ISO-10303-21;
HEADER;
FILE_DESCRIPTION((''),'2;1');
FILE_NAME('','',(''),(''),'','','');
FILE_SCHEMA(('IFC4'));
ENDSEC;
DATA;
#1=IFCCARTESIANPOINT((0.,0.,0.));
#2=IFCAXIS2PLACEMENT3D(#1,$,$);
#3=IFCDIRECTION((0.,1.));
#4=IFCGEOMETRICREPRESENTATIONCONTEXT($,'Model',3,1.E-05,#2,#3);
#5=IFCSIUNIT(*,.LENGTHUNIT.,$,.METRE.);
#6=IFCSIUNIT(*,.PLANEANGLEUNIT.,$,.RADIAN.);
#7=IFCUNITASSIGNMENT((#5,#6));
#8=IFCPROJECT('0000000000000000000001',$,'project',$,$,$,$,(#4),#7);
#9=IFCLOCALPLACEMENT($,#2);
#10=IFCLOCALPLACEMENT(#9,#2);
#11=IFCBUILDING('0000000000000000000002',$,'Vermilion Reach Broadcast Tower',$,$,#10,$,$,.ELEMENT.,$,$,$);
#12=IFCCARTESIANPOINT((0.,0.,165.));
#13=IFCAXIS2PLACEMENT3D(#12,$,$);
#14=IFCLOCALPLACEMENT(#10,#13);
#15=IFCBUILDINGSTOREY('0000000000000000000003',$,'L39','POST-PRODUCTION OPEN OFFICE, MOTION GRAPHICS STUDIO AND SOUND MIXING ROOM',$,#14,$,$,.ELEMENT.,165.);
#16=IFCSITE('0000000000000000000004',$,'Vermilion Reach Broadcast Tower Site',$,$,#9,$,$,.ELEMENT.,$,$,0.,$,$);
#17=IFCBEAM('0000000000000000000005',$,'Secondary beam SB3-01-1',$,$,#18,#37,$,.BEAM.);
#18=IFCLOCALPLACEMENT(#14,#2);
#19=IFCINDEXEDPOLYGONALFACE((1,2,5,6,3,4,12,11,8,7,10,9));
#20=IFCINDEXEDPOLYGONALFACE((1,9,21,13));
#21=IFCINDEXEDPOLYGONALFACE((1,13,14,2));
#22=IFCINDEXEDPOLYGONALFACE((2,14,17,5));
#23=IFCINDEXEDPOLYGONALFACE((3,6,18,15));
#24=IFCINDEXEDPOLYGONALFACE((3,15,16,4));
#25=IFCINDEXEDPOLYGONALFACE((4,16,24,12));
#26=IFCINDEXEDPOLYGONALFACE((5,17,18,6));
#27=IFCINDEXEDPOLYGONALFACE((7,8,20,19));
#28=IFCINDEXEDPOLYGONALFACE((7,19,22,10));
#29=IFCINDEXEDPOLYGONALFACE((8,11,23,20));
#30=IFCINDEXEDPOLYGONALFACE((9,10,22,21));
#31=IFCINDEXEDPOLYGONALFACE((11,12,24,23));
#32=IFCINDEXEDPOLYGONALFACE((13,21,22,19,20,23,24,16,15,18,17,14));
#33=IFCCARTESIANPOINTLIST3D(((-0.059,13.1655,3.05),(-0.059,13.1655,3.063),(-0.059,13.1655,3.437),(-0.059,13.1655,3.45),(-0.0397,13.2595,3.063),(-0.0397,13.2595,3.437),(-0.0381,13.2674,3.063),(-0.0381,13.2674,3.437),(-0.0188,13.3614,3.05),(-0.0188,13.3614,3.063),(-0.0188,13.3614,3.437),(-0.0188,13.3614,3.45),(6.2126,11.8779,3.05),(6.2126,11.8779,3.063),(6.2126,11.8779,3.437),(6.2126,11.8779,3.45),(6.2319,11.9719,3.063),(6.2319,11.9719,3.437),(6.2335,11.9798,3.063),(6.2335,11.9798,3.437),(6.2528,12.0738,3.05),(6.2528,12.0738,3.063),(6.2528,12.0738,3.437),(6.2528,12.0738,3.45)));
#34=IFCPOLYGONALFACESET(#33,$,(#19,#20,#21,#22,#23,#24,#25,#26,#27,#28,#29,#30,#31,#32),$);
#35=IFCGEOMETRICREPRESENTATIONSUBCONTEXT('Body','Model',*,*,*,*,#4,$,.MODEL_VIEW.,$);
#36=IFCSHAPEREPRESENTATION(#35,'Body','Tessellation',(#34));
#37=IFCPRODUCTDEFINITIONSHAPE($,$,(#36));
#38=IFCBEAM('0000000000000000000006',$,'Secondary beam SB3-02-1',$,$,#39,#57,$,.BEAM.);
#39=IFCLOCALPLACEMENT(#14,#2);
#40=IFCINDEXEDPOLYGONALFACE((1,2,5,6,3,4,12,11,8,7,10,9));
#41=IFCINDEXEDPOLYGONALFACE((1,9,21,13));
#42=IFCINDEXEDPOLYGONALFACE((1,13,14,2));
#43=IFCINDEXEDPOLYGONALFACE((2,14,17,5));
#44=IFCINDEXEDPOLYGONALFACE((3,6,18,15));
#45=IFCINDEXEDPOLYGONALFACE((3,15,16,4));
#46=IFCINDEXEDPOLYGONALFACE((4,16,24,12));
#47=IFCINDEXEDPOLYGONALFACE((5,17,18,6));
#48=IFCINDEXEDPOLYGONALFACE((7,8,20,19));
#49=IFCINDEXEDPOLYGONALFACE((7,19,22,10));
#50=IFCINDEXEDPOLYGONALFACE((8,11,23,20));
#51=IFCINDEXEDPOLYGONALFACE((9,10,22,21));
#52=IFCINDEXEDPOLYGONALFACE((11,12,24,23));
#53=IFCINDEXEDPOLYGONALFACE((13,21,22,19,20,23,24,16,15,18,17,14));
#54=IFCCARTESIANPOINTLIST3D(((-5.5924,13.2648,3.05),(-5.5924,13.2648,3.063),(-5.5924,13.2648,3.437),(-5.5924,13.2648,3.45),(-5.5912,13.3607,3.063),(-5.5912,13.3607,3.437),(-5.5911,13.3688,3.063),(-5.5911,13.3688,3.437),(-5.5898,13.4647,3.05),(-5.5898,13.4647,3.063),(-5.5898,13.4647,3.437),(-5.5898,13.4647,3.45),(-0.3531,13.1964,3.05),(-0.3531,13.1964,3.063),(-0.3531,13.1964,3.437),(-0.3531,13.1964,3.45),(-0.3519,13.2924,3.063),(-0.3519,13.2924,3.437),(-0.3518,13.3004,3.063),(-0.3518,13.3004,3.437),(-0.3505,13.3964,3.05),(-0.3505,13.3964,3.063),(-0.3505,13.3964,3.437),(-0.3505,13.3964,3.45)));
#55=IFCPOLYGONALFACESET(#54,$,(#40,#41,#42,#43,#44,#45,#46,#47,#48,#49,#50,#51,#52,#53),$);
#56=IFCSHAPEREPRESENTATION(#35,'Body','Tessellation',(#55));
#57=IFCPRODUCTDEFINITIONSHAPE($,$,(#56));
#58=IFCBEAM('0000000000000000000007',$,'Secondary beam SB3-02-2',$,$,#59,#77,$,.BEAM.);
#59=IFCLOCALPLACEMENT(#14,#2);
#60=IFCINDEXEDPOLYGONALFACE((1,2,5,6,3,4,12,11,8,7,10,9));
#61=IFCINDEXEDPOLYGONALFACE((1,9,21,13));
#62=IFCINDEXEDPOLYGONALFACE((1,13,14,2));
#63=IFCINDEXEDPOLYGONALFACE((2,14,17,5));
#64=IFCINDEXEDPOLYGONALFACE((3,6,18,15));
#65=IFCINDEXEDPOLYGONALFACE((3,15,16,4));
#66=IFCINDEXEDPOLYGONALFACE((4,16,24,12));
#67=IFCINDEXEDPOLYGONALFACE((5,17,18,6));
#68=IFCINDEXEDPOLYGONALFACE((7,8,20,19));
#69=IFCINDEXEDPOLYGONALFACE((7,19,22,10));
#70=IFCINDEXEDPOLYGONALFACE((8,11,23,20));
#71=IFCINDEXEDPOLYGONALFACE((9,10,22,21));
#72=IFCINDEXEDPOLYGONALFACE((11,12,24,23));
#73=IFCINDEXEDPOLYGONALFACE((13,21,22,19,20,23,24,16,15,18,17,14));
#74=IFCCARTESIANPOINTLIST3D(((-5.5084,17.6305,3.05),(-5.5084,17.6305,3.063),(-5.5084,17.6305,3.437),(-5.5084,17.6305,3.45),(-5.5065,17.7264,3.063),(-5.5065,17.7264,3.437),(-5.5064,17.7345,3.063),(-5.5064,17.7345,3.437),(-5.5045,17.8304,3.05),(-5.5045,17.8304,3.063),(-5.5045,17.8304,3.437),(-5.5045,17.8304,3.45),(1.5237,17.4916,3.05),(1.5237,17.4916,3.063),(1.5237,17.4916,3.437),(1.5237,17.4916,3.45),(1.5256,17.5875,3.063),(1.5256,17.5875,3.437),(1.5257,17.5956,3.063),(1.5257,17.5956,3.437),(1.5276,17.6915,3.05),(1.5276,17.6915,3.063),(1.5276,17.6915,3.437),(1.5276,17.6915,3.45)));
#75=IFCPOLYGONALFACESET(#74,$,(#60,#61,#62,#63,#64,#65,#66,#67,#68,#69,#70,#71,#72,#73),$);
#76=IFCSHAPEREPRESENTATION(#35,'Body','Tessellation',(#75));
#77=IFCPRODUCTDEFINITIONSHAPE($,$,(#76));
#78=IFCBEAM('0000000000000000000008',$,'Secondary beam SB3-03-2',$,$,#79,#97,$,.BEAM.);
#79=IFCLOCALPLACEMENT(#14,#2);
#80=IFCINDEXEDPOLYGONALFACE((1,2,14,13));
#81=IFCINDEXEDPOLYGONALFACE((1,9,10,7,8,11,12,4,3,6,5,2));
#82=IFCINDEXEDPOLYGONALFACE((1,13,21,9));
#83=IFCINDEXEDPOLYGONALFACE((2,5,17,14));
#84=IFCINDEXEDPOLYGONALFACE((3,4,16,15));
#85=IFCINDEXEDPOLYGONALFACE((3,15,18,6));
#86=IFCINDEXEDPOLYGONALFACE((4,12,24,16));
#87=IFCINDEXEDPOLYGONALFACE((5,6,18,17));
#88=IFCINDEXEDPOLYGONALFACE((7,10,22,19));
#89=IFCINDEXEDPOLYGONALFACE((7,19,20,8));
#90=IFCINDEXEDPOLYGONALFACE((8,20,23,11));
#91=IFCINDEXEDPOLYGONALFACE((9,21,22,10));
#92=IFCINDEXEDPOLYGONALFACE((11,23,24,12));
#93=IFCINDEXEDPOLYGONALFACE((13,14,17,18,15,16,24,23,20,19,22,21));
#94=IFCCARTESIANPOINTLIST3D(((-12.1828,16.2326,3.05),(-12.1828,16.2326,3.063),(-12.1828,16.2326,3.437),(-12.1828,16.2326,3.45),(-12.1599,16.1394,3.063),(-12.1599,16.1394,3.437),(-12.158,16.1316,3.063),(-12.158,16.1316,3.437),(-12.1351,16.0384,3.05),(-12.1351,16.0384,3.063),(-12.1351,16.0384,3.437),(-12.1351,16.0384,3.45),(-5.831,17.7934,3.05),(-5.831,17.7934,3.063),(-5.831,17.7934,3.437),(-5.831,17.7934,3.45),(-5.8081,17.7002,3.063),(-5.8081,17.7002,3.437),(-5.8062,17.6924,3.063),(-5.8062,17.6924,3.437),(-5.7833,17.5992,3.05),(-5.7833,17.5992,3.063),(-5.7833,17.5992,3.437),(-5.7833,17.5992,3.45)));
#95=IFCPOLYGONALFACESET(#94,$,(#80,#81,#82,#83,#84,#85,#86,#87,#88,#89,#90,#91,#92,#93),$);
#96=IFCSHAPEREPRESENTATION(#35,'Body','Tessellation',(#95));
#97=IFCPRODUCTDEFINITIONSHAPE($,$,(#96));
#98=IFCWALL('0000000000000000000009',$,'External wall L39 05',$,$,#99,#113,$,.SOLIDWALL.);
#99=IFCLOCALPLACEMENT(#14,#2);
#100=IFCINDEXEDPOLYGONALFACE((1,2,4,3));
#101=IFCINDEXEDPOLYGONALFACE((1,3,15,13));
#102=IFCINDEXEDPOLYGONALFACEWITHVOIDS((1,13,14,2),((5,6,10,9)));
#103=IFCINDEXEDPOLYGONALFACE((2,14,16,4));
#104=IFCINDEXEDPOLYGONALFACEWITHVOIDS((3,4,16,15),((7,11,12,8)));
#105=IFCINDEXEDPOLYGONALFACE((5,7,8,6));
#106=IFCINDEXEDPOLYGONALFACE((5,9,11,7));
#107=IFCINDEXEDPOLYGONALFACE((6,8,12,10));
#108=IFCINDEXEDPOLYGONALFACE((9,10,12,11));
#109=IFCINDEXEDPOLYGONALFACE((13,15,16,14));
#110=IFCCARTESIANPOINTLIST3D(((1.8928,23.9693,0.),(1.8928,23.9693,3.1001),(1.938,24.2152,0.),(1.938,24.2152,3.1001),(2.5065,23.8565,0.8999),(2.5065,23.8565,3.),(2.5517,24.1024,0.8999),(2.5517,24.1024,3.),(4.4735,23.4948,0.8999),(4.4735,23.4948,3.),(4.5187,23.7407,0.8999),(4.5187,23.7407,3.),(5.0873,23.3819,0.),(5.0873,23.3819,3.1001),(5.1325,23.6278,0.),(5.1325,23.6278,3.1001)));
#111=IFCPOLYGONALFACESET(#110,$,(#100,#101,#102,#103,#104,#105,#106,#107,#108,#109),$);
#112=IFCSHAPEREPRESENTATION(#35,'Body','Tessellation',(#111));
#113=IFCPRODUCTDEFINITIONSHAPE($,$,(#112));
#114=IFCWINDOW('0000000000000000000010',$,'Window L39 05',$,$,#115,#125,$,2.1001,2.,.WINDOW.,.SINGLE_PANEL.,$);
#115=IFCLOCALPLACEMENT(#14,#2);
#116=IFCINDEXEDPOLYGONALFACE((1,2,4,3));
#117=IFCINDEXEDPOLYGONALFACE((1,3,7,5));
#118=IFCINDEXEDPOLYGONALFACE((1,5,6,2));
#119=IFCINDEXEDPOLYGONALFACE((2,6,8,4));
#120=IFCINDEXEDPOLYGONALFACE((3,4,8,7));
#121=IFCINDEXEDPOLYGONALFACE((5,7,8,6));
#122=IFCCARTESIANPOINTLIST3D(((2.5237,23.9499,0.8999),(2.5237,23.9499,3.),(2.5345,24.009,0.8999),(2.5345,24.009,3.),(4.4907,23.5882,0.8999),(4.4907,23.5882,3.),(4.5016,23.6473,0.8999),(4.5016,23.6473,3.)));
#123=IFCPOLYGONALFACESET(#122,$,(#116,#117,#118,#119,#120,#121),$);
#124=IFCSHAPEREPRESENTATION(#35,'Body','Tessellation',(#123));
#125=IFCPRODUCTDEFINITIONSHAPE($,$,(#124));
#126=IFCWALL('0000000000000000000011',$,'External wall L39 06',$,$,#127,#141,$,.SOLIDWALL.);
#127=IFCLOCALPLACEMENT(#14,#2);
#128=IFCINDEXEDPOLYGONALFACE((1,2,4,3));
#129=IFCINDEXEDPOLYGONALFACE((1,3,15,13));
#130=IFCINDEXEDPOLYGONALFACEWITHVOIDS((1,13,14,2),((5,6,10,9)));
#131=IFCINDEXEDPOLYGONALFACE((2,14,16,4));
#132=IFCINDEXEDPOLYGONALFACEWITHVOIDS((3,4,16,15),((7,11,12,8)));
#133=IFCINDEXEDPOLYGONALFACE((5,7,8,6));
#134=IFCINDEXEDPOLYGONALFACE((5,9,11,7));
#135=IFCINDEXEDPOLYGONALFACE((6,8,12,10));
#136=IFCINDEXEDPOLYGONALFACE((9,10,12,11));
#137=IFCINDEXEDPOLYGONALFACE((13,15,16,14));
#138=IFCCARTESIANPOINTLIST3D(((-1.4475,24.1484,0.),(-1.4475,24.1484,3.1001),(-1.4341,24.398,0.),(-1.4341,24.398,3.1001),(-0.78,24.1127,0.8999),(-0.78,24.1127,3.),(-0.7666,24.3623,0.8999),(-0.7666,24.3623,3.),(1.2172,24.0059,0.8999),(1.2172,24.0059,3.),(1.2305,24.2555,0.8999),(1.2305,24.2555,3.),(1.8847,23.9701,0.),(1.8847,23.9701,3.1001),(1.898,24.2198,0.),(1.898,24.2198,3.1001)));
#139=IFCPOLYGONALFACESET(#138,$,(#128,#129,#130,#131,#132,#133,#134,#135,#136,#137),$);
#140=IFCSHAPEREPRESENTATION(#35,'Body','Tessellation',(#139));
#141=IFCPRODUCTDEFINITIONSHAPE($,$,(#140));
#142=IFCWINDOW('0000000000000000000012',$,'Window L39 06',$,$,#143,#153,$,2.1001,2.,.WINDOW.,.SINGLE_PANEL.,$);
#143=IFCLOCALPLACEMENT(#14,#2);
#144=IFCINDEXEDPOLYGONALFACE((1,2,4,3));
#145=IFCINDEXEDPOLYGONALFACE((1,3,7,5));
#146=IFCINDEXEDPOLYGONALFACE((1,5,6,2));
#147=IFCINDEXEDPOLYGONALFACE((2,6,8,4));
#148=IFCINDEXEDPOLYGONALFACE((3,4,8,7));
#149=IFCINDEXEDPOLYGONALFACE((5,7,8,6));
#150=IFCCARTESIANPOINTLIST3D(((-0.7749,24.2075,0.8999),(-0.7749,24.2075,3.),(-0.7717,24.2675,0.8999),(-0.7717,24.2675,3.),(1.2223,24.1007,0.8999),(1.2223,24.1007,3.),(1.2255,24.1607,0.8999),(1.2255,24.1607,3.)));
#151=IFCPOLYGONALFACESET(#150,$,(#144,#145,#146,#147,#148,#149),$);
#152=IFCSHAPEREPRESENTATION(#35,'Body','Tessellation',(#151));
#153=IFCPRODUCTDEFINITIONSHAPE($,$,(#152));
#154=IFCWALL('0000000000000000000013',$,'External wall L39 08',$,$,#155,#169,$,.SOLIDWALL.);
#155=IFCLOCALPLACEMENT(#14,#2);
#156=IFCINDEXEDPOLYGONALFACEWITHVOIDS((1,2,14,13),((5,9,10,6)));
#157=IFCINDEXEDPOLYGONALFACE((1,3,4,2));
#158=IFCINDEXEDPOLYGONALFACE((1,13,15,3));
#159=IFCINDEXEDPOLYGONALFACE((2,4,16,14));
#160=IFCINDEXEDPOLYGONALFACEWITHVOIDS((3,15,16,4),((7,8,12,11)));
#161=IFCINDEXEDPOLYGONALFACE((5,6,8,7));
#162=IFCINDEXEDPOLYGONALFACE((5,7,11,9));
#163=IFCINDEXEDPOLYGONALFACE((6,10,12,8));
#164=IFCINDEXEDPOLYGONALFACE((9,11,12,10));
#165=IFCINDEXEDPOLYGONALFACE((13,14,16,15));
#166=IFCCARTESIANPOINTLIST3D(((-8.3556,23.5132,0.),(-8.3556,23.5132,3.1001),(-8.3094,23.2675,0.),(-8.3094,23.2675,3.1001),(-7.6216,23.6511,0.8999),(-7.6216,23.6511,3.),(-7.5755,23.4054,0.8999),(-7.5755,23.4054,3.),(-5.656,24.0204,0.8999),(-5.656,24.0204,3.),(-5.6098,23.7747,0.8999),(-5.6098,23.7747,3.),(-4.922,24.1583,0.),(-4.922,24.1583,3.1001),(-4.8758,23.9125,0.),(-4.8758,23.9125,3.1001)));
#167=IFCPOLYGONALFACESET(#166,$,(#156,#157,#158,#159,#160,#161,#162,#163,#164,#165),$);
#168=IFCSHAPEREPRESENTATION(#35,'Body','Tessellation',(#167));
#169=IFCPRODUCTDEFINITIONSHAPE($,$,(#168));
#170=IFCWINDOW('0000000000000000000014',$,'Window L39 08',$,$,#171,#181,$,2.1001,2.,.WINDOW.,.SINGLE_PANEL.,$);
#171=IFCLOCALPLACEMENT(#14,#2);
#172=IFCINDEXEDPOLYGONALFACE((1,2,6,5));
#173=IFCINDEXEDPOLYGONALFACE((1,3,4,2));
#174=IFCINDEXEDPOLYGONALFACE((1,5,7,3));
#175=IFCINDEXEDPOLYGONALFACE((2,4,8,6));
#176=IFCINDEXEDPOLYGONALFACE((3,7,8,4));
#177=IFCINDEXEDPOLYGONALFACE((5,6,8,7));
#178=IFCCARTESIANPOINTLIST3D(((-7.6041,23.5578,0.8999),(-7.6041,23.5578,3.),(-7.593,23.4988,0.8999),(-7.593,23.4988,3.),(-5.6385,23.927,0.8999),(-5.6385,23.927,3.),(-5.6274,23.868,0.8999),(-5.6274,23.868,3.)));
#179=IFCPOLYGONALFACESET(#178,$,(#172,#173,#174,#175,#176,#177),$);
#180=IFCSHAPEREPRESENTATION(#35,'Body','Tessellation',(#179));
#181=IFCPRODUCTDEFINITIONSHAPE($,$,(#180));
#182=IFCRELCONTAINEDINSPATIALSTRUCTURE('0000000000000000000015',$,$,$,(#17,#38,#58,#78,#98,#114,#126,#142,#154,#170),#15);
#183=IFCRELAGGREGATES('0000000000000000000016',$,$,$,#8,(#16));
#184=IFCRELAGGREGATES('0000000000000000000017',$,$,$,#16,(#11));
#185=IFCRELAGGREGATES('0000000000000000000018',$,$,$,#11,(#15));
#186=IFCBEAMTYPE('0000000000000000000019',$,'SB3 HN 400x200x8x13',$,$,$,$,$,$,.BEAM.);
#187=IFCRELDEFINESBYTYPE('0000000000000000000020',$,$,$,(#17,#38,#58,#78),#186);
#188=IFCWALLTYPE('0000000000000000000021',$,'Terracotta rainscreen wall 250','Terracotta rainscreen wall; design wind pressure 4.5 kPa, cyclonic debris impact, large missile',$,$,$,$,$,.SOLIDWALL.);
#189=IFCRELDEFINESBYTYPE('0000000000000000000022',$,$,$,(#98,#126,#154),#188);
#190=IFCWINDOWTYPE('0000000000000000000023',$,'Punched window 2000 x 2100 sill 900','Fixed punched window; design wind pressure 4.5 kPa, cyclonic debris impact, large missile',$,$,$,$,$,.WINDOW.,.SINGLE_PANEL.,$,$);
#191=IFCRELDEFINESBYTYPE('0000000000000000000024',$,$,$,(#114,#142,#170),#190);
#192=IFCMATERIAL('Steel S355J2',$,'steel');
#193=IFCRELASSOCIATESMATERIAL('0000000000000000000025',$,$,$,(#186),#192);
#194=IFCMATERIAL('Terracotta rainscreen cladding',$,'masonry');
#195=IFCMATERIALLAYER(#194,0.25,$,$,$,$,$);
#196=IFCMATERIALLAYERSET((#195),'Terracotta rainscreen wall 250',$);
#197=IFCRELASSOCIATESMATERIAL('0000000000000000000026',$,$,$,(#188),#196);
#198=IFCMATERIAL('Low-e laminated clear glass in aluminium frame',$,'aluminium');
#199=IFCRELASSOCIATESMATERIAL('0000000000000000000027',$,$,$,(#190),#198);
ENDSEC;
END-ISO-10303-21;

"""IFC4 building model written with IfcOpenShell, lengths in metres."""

from ifc_helpers import new_model, si_unit, direction, frame, frame_2d, origin, origin_2d, place, context, subcontext, project, spatial, rectangle, i_section, extrude, material, layer, layer_set, material_profile, profile_set, type_object, element, fill, save


model = new_model("IFC4")

# Units and contexts
model_context = context("Model", 3, precision=1e-05, world=origin(), true_north=direction((0.0, 1.0)))
body_context = subcontext(model_context, "Body", "Model", "MODEL_VIEW")
ifc_project = project(units=[si_unit("LENGTHUNIT", "METRE"), si_unit("PLANEANGLEUNIT", "RADIAN")], contexts=[model_context])

# Site, building, storey
site_placement = place(None, origin())
site = spatial("IfcSite", under=ifc_project, at=site_placement, Name="Vermilion Reach Broadcast Tower Site", CompositionType="ELEMENT", RefElevation=0.0)
building_placement = place(site_placement, origin())
building = spatial("IfcBuilding", under=site, at=building_placement, Name="Vermilion Reach Broadcast Tower", CompositionType="ELEMENT")
storey_placement = place(building_placement, frame((0.0, 0.0, 165.0)))
storey = spatial("IfcBuildingStorey", under=building, at=storey_placement, Name="L39", Description="POST-PRODUCTION OPEN OFFICE, MOTION GRAPHICS STUDIO AND SOUND MIXING ROOM", CompositionType="ELEMENT", Elevation=165.0)

# Beams
ifc_material_1 = material(Name="Steel S355J2", Category="steel")
ifc_material_profile_1 = material_profile(ifc_material_1, i_section(OverallWidth=0.2, OverallDepth=0.3999, WebThickness=0.0081, FlangeThickness=0.0129, at=origin_2d()), Name="S355J2 HN 400x200x8x13")
ifc_profile_set_1 = profile_set([ifc_material_profile_1], Name="Steel S355J2")
beam_type_1 = type_object("IfcBeamType", Name="SB3 HN 400x200x8x13", PredefinedType="BEAM", material=ifc_profile_set_1)
beam_1_placement = place(storey_placement, frame((6.2327, 11.9758, 3.25), z_axis=(-0.979568, 0.201115, 0.0), x_axis=(-0.201115, -0.979568, 0.0)))
element("IfcBeam", 1, at=beam_1_placement, inside=storey, type_object=beam_type_1, Name="Secondary beam SB3-01-1", PredefinedType="BEAM", context=body_context, shape_type="SweptSolid", body=[
    extrude(i_section(OverallWidth=0.2, OverallDepth=0.3999, WebThickness=0.0081, FlangeThickness=0.0129, at=origin_2d()), origin(), (0.0, 0.0, 1.0), 6.4023),
])
beam_2_placement = place(storey_placement, frame((-0.3518, 13.2964, 3.25), z_axis=(-0.999915, 0.013046, 0.0), x_axis=(-0.013046, -0.999915, 0.0)))
element("IfcBeam", 2, at=beam_2_placement, inside=storey, type_object=beam_type_1, Name="Secondary beam SB3-02-1", PredefinedType="BEAM", context=body_context, shape_type="SweptSolid", body=[
    extrude(i_section(OverallWidth=0.2, OverallDepth=0.3999, WebThickness=0.0081, FlangeThickness=0.0129, at=origin_2d()), origin(), (0.0, 0.0, 1.0), 5.2397),
])
beam_3_placement = place(storey_placement, frame((1.5256, 17.5916, 3.25), z_axis=(-0.999805, 0.019751, 0.0), x_axis=(-0.019751, -0.999805, 0.0)))
element("IfcBeam", 3, at=beam_3_placement, inside=storey, type_object=beam_type_1, Name="Secondary beam SB3-02-2", PredefinedType="BEAM", context=body_context, shape_type="SweptSolid", body=[
    extrude(i_section(OverallWidth=0.2, OverallDepth=0.3999, WebThickness=0.0081, FlangeThickness=0.0129, at=origin_2d()), origin(), (0.0, 0.0, 1.0), 7.0334),
])
beam_4_placement = place(storey_placement, frame((-5.8071, 17.6963, 3.25), z_axis=(-0.971112, -0.238625, 0.0), x_axis=(0.238625, -0.971112, 0.0)))
element("IfcBeam", 4, at=beam_4_placement, inside=storey, type_object=beam_type_1, Name="Secondary beam SB3-03-2", PredefinedType="BEAM", context=body_context, shape_type="SweptSolid", body=[
    extrude(i_section(OverallWidth=0.2, OverallDepth=0.3999, WebThickness=0.0081, FlangeThickness=0.0129, at=origin_2d()), origin(), (0.0, 0.0, 1.0), 6.5408),
])

# Walls, openings, windows
ifc_material_2 = material(Name="Terracotta rainscreen cladding", Category="masonry")
ifc_layer = layer(ifc_material_2, 0.25)
ifc_layer_set = layer_set([ifc_layer], Name="Terracotta rainscreen wall 250")
wall_type = type_object("IfcWallType", Name="Terracotta rainscreen wall 250", Description="Terracotta rainscreen wall; design wind pressure 4.5 kPa, cyclonic debris impact, large missile", PredefinedType="SOLIDWALL", material=ifc_layer_set)
wall_1_placement = place(storey_placement, frame((5.1099, 23.5049, 0.0), z_axis=(0.0, 0.0, 1.0), x_axis=(-0.983512, 0.180843, 0.0)))
wall_1 = element("IfcWall", 5, at=wall_1_placement, inside=storey, type_object=wall_type, Name="External wall L39 05", PredefinedType="SOLIDWALL", context=body_context, shape_type="SweptSolid", body=[
    extrude(rectangle(XDim=3.248, YDim=0.25, at=frame_2d((1.624, 0.0))), origin(), (0.0, 0.0, 1.0), 3.1001),
])
opening_1_placement = place(wall_1_placement, frame((0.624, 0.0, 0.8999)))
opening_1 = element("IfcOpeningElement", 6, at=opening_1_placement, cuts=wall_1, PredefinedType="OPENING", context=body_context, shape_type="SweptSolid", body=[
    extrude(rectangle(XDim=2.0, YDim=2.1001, at=frame_2d((1.0, 1.05))), frame((0.0, 0.135, 0.0), z_axis=(0.0, -1.0, 0.0), x_axis=(1.0, 0.0, 0.0)), (0.0, 0.0, 1.0), 0.27),
])
ifc_material_3 = material(Name="Low-e laminated clear glass in aluminium frame", Category="aluminium")
window_type = type_object("IfcWindowType", Name="Punched window 2000 x 2100 sill 900", Description="Fixed punched window; design wind pressure 4.5 kPa, cyclonic debris impact, large missile", PartitioningType="SINGLE_PANEL", PredefinedType="WINDOW", material=ifc_material_3)
window_1_placement = place(opening_1_placement, origin())
window_1 = element("IfcWindow", 7, at=window_1_placement, inside=storey, type_object=window_type, Name="Window L39 05", OverallHeight=2.1001, OverallWidth=2.0, PartitioningType="SINGLE_PANEL", PredefinedType="WINDOW", context=body_context, shape_type="SweptSolid", body=[
    extrude(rectangle(XDim=2.0, YDim=2.1001, at=frame_2d((1.0, 1.05))), frame((0.0, 0.03, 0.0), z_axis=(0.0, -1.0, 0.0), x_axis=(1.0, 0.0, 0.0)), (0.0, 0.0, 1.0), 0.0601),
])
fill(opening_1, window_1)
wall_2_placement = place(storey_placement, frame((1.8914, 24.095, 0.0), z_axis=(0.0, 0.0, 1.0), x_axis=(-0.998573, 0.053411, 0.0)))
wall_2 = element("IfcWall", 8, at=wall_2_placement, inside=storey, type_object=wall_type, Name="External wall L39 06", PredefinedType="SOLIDWALL", context=body_context, shape_type="SweptSolid", body=[
    extrude(rectangle(XDim=3.3369, YDim=0.25, at=frame_2d((1.6685, 0.0))), origin(), (0.0, 0.0, 1.0), 3.1001),
])
opening_2_placement = place(wall_2_placement, frame((0.6685, 0.0, 0.8999)))
opening_2 = element("IfcOpeningElement", 9, at=opening_2_placement, cuts=wall_2, PredefinedType="OPENING", context=body_context, shape_type="SweptSolid", body=[
    extrude(rectangle(XDim=2.0, YDim=2.1001, at=frame_2d((1.0, 1.05))), frame((0.0, 0.135, 0.0), z_axis=(0.0, -1.0, 0.0), x_axis=(1.0, 0.0, 0.0)), (0.0, 0.0, 1.0), 0.27),
])
window_2_placement = place(opening_2_placement, origin())
window_2 = element("IfcWindow", 10, at=window_2_placement, inside=storey, type_object=window_type, Name="Window L39 06", OverallHeight=2.1001, OverallWidth=2.0, PartitioningType="SINGLE_PANEL", PredefinedType="WINDOW", context=body_context, shape_type="SweptSolid", body=[
    extrude(rectangle(XDim=2.0, YDim=2.1001, at=frame_2d((1.0, 1.05))), frame((0.0, 0.03, 0.0), z_axis=(0.0, -1.0, 0.0), x_axis=(1.0, 0.0, 0.0)), (0.0, 0.0, 1.0), 0.0601),
])
fill(opening_2, window_2)

# Wall, opening, window
wall_3_placement = place(storey_placement, frame((-4.8989, 24.0354, 0.0), z_axis=(0.0, 0.0, 1.0), x_axis=(-0.982809, -0.184626, 0.0)))
wall_3 = element("IfcWall", 11, at=wall_3_placement, inside=storey, type_object=wall_type, Name="External wall L39 08", PredefinedType="SOLIDWALL", context=body_context, shape_type="SweptSolid", body=[
    extrude(rectangle(XDim=3.4937, YDim=0.25, at=frame_2d((1.7468, 0.0))), origin(), (0.0, 0.0, 1.0), 3.1001),
])
opening_3_placement = place(wall_3_placement, frame((0.7468, 0.0, 0.8999)))
opening_3 = element("IfcOpeningElement", 12, at=opening_3_placement, cuts=wall_3, PredefinedType="OPENING", context=body_context, shape_type="SweptSolid", body=[
    extrude(rectangle(XDim=2.0, YDim=2.1001, at=frame_2d((1.0, 1.05))), frame((0.0, 0.135, 0.0), z_axis=(0.0, -1.0, 0.0), x_axis=(1.0, 0.0, 0.0)), (0.0, 0.0, 1.0), 0.27),
])
window_3_placement = place(opening_3_placement, origin())
window_3 = element("IfcWindow", 13, at=window_3_placement, inside=storey, type_object=window_type, Name="Window L39 08", OverallHeight=2.1001, OverallWidth=2.0, PartitioningType="SINGLE_PANEL", PredefinedType="WINDOW", context=body_context, shape_type="SweptSolid", body=[
    extrude(rectangle(XDim=2.0, YDim=2.1001, at=frame_2d((1.0, 1.05))), frame((0.0, 0.03, 0.0), z_axis=(0.0, -1.0, 0.0), x_axis=(1.0, 0.0, 0.0)), (0.0, 0.0, 1.0), 0.0601),
])
fill(opening_3, window_3)

save(model, "model.ifc")
